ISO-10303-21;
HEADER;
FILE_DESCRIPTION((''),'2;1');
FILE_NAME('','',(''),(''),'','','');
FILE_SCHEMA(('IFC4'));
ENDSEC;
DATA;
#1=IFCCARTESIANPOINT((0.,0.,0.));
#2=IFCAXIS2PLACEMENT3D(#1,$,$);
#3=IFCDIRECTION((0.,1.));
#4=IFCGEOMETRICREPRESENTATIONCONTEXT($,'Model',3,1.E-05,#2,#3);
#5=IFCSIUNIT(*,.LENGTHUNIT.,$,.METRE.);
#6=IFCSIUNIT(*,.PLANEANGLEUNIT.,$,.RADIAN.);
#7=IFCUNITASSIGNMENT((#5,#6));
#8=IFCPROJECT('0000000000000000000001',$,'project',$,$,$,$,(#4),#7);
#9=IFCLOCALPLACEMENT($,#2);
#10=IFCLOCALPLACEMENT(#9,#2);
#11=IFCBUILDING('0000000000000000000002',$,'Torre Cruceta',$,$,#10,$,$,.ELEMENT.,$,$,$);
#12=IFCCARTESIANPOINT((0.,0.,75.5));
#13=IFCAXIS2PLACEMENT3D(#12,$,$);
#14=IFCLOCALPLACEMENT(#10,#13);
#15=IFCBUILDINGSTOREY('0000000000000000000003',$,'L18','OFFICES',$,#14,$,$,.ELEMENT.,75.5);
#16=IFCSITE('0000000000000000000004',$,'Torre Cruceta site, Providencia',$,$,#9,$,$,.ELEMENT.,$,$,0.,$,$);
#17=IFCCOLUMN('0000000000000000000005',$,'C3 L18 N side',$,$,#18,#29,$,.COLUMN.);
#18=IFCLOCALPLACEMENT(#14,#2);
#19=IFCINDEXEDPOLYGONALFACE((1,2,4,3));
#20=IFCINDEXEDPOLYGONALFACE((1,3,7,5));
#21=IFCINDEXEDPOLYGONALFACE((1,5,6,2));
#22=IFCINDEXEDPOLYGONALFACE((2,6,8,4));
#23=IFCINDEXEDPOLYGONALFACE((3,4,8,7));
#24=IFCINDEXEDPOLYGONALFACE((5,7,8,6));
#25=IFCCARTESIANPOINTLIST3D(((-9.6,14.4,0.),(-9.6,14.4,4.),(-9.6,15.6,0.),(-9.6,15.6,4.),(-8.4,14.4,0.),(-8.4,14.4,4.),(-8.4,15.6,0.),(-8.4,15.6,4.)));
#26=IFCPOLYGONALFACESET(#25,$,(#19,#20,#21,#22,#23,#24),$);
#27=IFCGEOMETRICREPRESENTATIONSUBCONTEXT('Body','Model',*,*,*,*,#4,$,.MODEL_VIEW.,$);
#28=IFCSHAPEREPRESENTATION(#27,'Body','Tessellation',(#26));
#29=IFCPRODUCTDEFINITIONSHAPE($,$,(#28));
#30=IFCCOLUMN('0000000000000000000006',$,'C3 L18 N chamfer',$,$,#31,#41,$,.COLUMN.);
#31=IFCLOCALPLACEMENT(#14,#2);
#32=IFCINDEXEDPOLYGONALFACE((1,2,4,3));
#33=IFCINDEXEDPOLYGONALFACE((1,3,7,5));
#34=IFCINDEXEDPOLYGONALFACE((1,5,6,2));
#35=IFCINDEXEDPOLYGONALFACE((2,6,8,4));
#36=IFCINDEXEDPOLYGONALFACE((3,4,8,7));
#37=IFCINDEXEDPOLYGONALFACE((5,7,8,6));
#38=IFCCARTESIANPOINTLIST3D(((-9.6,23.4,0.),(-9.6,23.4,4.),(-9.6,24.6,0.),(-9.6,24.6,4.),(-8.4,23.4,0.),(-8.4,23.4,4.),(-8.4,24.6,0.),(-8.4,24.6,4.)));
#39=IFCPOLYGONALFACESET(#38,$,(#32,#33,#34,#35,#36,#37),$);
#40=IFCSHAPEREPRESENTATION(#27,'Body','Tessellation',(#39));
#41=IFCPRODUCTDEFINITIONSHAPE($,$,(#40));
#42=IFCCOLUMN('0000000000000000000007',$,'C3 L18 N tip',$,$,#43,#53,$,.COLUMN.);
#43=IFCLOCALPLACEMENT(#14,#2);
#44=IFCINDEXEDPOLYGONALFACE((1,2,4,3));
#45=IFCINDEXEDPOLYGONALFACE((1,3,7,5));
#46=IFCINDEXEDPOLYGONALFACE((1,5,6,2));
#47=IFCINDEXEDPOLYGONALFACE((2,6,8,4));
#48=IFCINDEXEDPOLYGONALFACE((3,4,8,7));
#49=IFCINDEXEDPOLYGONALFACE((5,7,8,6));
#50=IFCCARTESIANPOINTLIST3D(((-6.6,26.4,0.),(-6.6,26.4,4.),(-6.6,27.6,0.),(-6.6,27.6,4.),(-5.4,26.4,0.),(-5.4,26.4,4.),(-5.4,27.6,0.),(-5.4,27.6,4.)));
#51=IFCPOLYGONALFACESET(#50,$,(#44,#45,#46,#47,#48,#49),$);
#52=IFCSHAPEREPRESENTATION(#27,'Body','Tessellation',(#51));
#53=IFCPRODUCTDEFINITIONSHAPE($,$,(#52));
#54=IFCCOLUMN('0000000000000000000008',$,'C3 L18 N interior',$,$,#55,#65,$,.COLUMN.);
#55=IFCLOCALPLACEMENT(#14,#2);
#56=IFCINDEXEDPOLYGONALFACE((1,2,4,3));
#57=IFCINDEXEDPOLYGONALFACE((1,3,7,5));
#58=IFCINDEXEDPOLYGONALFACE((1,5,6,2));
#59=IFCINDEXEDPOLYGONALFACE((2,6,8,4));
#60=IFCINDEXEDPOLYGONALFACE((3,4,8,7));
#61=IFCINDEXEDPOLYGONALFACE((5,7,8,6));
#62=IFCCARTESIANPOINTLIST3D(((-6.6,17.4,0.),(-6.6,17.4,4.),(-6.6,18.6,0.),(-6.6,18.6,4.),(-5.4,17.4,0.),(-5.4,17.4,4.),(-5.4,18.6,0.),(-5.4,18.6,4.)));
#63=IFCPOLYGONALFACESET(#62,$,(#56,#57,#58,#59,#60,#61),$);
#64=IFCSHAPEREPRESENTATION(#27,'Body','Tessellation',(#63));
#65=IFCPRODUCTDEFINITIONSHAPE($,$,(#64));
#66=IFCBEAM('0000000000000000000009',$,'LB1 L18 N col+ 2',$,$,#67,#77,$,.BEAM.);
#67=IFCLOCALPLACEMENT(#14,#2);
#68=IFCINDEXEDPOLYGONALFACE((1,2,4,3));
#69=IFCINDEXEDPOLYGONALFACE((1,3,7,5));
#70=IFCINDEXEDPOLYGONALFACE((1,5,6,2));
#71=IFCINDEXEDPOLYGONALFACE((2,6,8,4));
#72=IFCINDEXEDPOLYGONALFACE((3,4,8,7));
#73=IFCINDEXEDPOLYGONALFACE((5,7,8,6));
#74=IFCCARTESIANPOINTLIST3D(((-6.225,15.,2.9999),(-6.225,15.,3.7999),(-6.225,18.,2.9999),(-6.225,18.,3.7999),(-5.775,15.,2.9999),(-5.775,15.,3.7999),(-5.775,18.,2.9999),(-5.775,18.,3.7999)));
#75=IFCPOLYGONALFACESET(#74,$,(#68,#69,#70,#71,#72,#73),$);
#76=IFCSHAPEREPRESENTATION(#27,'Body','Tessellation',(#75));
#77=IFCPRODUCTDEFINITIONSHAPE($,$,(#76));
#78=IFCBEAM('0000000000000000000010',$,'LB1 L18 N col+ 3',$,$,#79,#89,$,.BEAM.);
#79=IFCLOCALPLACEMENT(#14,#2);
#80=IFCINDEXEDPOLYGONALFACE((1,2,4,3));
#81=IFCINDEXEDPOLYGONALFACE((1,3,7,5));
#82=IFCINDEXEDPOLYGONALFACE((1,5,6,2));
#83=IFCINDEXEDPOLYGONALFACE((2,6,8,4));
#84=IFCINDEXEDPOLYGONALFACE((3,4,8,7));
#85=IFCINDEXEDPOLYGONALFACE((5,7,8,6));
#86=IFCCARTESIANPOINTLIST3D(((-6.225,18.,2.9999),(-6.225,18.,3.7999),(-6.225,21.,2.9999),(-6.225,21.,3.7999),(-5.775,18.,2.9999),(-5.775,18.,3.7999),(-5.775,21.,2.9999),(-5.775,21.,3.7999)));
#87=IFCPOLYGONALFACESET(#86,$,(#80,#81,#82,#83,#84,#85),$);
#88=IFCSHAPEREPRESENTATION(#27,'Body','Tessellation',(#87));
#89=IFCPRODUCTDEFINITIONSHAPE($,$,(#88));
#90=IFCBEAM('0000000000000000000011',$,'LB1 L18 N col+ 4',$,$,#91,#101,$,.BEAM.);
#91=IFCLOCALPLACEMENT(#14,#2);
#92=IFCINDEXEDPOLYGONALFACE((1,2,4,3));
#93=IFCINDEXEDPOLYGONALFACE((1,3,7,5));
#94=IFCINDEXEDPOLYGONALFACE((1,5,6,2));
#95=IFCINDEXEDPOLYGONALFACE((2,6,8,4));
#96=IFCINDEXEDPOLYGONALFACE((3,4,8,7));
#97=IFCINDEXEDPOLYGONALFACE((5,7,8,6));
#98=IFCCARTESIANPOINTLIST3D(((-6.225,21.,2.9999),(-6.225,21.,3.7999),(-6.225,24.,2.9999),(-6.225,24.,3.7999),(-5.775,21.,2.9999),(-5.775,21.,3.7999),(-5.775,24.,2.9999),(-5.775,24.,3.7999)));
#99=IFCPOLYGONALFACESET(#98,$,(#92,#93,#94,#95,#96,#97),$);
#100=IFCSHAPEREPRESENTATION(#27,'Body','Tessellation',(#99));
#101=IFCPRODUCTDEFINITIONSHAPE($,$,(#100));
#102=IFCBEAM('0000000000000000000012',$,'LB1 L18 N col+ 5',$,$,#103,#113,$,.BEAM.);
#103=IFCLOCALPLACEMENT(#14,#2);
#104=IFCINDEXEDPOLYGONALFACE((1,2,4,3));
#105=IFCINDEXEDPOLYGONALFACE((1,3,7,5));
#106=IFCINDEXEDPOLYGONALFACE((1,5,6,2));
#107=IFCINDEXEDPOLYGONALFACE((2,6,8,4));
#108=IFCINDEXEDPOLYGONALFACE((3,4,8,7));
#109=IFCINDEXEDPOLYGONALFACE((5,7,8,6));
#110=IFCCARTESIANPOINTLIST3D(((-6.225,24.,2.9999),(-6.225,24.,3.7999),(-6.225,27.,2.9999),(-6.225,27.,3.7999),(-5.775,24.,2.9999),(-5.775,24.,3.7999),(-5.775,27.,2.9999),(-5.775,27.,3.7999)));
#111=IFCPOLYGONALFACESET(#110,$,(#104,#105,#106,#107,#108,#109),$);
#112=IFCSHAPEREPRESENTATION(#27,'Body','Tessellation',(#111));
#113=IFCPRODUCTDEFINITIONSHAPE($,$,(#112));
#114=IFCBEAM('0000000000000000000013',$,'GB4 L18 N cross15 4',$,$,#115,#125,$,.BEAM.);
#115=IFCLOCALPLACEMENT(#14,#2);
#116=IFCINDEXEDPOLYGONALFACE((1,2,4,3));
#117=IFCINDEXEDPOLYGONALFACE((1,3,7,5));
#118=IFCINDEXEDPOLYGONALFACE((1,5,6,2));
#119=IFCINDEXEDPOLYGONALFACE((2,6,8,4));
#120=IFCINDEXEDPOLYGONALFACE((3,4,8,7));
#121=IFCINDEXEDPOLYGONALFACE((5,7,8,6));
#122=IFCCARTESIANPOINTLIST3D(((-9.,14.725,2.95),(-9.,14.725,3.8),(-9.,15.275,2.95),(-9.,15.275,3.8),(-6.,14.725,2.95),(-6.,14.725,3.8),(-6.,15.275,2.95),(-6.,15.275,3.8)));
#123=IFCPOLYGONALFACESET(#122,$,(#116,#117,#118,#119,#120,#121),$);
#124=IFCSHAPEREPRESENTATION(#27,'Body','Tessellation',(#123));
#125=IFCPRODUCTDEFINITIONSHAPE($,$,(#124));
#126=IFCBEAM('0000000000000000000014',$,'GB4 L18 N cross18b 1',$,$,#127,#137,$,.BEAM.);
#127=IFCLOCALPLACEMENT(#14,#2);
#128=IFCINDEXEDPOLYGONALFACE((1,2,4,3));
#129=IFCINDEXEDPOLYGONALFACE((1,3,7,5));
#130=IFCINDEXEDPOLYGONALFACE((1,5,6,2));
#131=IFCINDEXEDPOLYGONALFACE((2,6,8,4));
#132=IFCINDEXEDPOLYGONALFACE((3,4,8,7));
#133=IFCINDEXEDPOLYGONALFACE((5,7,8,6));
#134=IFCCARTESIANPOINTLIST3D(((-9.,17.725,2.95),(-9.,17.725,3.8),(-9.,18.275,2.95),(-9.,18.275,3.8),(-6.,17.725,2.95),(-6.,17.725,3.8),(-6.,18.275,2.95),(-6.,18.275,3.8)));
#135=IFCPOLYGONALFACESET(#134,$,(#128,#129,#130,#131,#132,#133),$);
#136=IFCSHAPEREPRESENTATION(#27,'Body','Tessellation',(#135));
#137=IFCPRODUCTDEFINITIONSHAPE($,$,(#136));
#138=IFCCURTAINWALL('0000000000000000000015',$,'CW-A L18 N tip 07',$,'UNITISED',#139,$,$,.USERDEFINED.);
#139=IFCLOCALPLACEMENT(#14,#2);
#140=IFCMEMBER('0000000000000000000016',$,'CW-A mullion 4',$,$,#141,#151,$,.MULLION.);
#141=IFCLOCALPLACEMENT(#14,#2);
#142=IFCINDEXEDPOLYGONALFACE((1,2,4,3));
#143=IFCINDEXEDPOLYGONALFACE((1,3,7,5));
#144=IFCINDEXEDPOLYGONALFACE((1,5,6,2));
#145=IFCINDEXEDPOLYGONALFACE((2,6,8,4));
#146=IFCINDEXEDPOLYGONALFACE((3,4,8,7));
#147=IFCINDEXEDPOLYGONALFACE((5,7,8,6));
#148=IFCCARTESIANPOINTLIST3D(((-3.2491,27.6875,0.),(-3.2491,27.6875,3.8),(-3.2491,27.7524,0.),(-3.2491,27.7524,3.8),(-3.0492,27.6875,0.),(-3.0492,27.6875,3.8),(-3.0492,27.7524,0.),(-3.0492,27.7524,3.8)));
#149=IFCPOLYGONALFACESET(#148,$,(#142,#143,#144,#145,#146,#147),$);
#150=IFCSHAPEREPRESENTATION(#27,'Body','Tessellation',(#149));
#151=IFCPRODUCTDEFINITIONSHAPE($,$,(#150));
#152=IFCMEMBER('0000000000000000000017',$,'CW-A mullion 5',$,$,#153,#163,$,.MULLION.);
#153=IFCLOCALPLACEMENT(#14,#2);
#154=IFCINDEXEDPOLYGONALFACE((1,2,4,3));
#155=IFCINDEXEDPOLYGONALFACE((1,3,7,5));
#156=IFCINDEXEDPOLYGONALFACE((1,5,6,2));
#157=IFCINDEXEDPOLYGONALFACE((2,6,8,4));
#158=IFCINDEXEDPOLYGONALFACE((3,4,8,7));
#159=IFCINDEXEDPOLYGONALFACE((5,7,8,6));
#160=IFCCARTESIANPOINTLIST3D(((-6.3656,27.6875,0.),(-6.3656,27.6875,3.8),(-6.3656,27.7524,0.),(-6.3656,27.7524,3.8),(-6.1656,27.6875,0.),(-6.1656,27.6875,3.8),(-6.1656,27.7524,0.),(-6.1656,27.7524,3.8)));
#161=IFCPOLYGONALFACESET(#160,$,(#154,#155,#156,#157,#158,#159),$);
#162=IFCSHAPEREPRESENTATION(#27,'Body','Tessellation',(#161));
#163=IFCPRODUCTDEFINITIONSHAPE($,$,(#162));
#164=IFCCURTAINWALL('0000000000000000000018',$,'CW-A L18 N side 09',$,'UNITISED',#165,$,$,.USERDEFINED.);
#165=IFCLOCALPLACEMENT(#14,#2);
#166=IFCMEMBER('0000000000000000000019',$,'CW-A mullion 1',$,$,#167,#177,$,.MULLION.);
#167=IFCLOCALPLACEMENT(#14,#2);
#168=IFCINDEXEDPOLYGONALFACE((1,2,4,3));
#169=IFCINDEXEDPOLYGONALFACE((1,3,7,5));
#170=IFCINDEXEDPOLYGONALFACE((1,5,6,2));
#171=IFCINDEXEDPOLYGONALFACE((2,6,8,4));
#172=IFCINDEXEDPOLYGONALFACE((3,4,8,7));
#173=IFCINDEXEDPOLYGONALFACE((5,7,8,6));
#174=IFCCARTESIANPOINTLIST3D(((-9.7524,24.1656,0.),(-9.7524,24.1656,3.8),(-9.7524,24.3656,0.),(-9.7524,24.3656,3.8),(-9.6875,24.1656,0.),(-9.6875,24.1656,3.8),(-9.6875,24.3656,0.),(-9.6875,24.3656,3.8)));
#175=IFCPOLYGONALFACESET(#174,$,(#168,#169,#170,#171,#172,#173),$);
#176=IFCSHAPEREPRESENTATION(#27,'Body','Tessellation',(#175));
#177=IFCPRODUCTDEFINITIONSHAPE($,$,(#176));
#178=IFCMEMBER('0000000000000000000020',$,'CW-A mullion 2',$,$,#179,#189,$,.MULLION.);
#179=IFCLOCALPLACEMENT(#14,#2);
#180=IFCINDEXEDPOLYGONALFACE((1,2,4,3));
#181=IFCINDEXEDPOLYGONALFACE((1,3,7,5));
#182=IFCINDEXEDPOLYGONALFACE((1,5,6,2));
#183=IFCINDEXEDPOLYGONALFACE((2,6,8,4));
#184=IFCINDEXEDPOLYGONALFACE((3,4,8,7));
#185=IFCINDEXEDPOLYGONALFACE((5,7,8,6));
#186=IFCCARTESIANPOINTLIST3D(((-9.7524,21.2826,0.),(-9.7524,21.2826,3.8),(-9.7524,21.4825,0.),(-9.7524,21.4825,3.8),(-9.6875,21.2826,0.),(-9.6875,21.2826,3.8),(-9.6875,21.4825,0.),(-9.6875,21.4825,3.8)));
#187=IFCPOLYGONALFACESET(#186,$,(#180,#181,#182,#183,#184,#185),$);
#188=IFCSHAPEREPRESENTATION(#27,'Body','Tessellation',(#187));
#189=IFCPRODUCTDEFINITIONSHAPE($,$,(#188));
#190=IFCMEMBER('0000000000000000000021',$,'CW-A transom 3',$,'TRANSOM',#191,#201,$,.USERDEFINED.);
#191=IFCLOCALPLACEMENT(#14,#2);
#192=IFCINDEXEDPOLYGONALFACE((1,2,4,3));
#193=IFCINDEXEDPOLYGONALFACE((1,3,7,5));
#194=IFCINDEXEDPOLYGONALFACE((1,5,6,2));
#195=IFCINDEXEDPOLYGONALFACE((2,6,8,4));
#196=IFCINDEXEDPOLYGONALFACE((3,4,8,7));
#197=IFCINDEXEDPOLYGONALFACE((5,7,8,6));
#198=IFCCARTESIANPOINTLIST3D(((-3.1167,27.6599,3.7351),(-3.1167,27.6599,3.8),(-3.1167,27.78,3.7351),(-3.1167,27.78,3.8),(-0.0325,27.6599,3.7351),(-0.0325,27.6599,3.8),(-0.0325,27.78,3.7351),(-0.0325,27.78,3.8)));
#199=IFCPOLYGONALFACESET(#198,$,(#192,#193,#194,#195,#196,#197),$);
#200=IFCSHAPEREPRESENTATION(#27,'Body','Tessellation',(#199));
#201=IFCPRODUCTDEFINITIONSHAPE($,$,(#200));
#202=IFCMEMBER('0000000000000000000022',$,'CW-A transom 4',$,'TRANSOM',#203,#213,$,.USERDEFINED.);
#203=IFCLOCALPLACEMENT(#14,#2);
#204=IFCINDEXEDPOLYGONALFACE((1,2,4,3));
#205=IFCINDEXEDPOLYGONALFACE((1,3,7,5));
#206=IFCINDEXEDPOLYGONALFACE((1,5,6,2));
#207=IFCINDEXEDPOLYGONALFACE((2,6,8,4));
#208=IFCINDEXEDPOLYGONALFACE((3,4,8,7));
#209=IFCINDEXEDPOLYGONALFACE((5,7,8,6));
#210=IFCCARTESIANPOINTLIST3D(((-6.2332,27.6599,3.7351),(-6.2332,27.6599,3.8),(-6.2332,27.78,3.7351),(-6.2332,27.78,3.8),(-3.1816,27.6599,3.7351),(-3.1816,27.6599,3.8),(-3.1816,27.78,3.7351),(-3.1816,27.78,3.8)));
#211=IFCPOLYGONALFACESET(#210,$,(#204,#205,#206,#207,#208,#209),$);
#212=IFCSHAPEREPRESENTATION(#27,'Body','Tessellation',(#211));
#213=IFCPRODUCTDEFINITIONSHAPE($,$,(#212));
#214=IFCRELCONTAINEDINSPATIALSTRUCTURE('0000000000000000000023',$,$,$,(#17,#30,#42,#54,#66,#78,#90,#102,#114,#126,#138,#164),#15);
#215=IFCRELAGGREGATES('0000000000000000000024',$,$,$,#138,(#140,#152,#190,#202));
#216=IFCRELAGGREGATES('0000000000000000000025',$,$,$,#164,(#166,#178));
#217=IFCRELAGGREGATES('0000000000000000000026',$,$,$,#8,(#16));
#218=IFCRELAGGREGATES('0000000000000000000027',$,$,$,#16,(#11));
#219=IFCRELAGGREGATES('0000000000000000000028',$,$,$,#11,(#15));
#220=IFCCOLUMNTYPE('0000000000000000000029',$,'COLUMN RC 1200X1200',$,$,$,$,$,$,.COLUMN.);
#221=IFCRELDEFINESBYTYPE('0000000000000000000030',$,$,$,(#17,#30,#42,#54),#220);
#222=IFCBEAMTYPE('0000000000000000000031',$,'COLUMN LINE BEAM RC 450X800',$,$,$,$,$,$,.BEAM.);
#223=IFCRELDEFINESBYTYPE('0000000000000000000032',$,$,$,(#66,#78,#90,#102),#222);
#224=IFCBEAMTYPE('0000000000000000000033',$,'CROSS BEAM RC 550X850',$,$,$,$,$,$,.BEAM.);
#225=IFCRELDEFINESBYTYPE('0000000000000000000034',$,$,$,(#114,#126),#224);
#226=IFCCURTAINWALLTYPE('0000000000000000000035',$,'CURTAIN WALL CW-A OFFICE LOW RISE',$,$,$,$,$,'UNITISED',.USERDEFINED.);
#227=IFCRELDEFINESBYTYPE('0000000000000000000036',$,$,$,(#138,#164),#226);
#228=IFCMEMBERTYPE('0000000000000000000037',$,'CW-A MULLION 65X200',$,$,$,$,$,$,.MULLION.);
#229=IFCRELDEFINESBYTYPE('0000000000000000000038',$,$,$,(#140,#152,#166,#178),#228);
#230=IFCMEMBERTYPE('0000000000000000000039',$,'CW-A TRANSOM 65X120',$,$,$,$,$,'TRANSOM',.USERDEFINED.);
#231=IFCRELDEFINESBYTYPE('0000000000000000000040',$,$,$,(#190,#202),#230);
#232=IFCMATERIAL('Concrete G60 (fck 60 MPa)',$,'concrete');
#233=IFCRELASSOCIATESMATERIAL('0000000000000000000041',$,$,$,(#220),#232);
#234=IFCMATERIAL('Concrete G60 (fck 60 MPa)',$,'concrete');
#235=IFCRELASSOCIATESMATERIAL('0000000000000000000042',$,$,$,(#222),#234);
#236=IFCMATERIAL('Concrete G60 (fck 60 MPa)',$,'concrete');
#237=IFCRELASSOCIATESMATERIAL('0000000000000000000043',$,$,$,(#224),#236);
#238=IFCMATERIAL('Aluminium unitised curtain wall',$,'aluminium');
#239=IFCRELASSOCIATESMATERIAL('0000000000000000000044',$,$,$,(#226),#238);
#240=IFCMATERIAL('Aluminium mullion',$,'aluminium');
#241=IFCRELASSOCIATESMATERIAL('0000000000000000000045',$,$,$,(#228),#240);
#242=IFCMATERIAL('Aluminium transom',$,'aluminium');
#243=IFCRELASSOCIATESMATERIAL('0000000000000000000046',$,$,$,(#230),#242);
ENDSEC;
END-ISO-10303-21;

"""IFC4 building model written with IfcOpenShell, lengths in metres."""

from ifc_helpers import new_model, si_unit, direction, frame, origin, origin_2d, place, context, subcontext, project, spatial, rectangle, extrude, material, material_profile, profile_set, type_object, element, aggregate, save


model = new_model("IFC4")

# Units and contexts
model_context = context("Model", 3, precision=1e-05, world=origin(), true_north=direction((0.0, 1.0)))
body_context = subcontext(model_context, "Body", "Model", "MODEL_VIEW")
ifc_project = project(units=[si_unit("LENGTHUNIT", "METRE"), si_unit("PLANEANGLEUNIT", "RADIAN")], contexts=[model_context])

# Site, building, storey
site_placement = place(None, origin())
site = spatial("IfcSite", under=ifc_project, at=site_placement, Name="Torre Cruceta site, Providencia", CompositionType="ELEMENT", RefElevation=0.0)
building_placement = place(site_placement, origin())
building = spatial("IfcBuilding", under=site, at=building_placement, Name="Torre Cruceta", CompositionType="ELEMENT")
storey_placement = place(building_placement, frame((0.0, 0.0, 75.5)))
storey = spatial("IfcBuildingStorey", under=building, at=storey_placement, Name="L18", Description="OFFICES", CompositionType="ELEMENT", Elevation=75.5)

# Columns
ifc_material_1 = material(Name="Concrete G60 (fck 60 MPa)", Category="concrete")
ifc_material_profile_1 = material_profile(ifc_material_1, rectangle(XDim=1.2, YDim=1.2, at=origin_2d()), Name="RC 1200X1200")
ifc_profile_set_1 = profile_set([ifc_material_profile_1], Name="Concrete G60 (fck 60 MPa)")
column_type = type_object("IfcColumnType", Name="COLUMN RC 1200X1200", PredefinedType="COLUMN", material=ifc_profile_set_1)
for number, where, z_axis, x_axis, name in (
    (1, (-9.0, 15.0, 0.0), (0.0, 0.0, 1.0), (1.0, 0.0, 0.0), "C3 L18 N side"),
    (2, (-9.0, 24.0, 0.0), (0.0, 0.0, 1.0), (1.0, 0.0, 0.0), "C3 L18 N chamfer"),
    (3, (-6.0, 27.0, 0.0), (0.0, 0.0, 1.0), (1.0, 0.0, 0.0), "C3 L18 N tip"),
    (4, (-6.0, 18.0, 0.0), (0.0, 0.0, 1.0), (1.0, 0.0, 0.0), "C3 L18 N interior"),
):
    element("IfcColumn", number, at=place(storey_placement, frame(where, z_axis=z_axis, x_axis=x_axis)), inside=storey, type_object=column_type, Name=name, PredefinedType="COLUMN", context=body_context, shape_type="SweptSolid", body=[
        extrude(rectangle(XDim=1.2, YDim=1.2, at=origin_2d()), origin(), (0.0, 0.0, 1.0), 4.0),
    ])

# Beams
ifc_material_2 = material(Name="Concrete G60 (fck 60 MPa)", Category="concrete")
ifc_material_profile_2 = material_profile(ifc_material_2, rectangle(XDim=0.45, YDim=0.8, at=origin_2d()), Name="RC 450X800")
ifc_profile_set_2 = profile_set([ifc_material_profile_2], Name="Concrete G60 (fck 60 MPa)")
beam_type_1 = type_object("IfcBeamType", Name="COLUMN LINE BEAM RC 450X800", PredefinedType="BEAM", material=ifc_profile_set_2)
for number, where, z_axis, x_axis, name in (
    (5, (-6.0, 15.0, 3.3999), (0.0, 1.0, 0.0), (-1.0, 0.0, 0.0), "LB1 L18 N col+ 2"),
    (6, (-6.0, 18.0, 3.3999), (0.0, 1.0, 0.0), (-1.0, 0.0, 0.0), "LB1 L18 N col+ 3"),
    (7, (-6.0, 21.0, 3.3999), (0.0, 1.0, 0.0), (-1.0, 0.0, 0.0), "LB1 L18 N col+ 4"),
    (8, (-6.0, 24.0, 3.3999), (0.0, 1.0, 0.0), (-1.0, 0.0, 0.0), "LB1 L18 N col+ 5"),
):
    element("IfcBeam", number, at=place(storey_placement, frame(where, z_axis=z_axis, x_axis=x_axis)), inside=storey, type_object=beam_type_1, Name=name, PredefinedType="BEAM", context=body_context, shape_type="SweptSolid", body=[
        extrude(rectangle(XDim=0.45, YDim=0.8, at=origin_2d()), origin(), (0.0, 0.0, 1.0), 3.0),
    ])
ifc_material_3 = material(Name="Concrete G60 (fck 60 MPa)", Category="concrete")
ifc_material_profile_3 = material_profile(ifc_material_3, rectangle(XDim=0.55, YDim=0.8501, at=origin_2d()), Name="RC 550X850")
ifc_profile_set_3 = profile_set([ifc_material_profile_3], Name="Concrete G60 (fck 60 MPa)")
beam_type_2 = type_object("IfcBeamType", Name="CROSS BEAM RC 550X850", PredefinedType="BEAM", material=ifc_profile_set_3)
for number, where, z_axis, x_axis, name in (
    (9, (-6.0, 15.0, 3.375), (-1.0, 0.0, 0.0), (0.0, -1.0, 0.0), "GB4 L18 N cross15 4"),
    (10, (-6.0, 18.0, 3.375), (-1.0, 0.0, 0.0), (0.0, -1.0, 0.0), "GB4 L18 N cross18b 1"),
):
    element("IfcBeam", number, at=place(storey_placement, frame(where, z_axis=z_axis, x_axis=x_axis)), inside=storey, type_object=beam_type_2, Name=name, PredefinedType="BEAM", context=body_context, shape_type="SweptSolid", body=[
        extrude(rectangle(XDim=0.55, YDim=0.8501, at=origin_2d()), origin(), (0.0, 0.0, 1.0), 3.0),
    ])

# Curtain walls, members
ifc_material_4 = material(Name="Aluminium unitised curtain wall", Category="aluminium")
curtain_wall_type = type_object("IfcCurtainWallType", Name="CURTAIN WALL CW-A OFFICE LOW RISE", ElementType="UNITISED", PredefinedType="USERDEFINED", material=ifc_material_4)
curtain_wall_1_placement = place(storey_placement, origin())
curtain_wall_1 = element("IfcCurtainWall", 11, at=curtain_wall_1_placement, inside=storey, type_object=curtain_wall_type, Name="CW-A L18 N tip 07", ObjectType="UNITISED", PredefinedType="USERDEFINED")
ifc_material_5 = material(Name="Aluminium mullion", Category="aluminium")
ifc_material_profile_4 = material_profile(ifc_material_5, rectangle(XDim=0.0649, YDim=0.2, at=origin_2d()), Name="AL 65X200")
ifc_profile_set_4 = profile_set([ifc_material_profile_4], Name="Aluminium mullion")
member_type_1 = type_object("IfcMemberType", Name="CW-A MULLION 65X200", PredefinedType="MULLION", material=ifc_profile_set_4)
member_1_placement = place(storey_placement, frame((-3.1492, 27.72, 0.0), z_axis=(0.0, 0.0, 1.0), x_axis=(0.0, -1.0, 0.0)))
member_1 = element("IfcMember", 12, at=member_1_placement, type_object=member_type_1, Name="CW-A mullion 4", PredefinedType="MULLION", context=body_context, shape_type="SweptSolid", body=[
    extrude(rectangle(XDim=0.0649, YDim=0.2, at=origin_2d()), origin(), (0.0, 0.0, 1.0), 3.8),
])
member_2_placement = place(storey_placement, frame((-6.2656, 27.72, 0.0), z_axis=(0.0, 0.0, 1.0), x_axis=(0.0, -1.0, 0.0)))
member_2 = element("IfcMember", 13, at=member_2_placement, type_object=member_type_1, Name="CW-A mullion 5", PredefinedType="MULLION", context=body_context, shape_type="SweptSolid", body=[
    extrude(rectangle(XDim=0.0649, YDim=0.2, at=origin_2d()), origin(), (0.0, 0.0, 1.0), 3.8),
])
curtain_wall_2_placement = place(storey_placement, origin())
curtain_wall_2 = element("IfcCurtainWall", 14, at=curtain_wall_2_placement, inside=storey, type_object=curtain_wall_type, Name="CW-A L18 N side 09", ObjectType="UNITISED", PredefinedType="USERDEFINED")
member_3_placement = place(storey_placement, frame((-9.72, 24.2656, 0.0), z_axis=(0.0, 0.0, 1.0), x_axis=(1.0, 0.0, 0.0)))
member_3 = element("IfcMember", 15, at=member_3_placement, type_object=member_type_1, Name="CW-A mullion 1", PredefinedType="MULLION", context=body_context, shape_type="SweptSolid", body=[
    extrude(rectangle(XDim=0.0649, YDim=0.2, at=origin_2d()), origin(), (0.0, 0.0, 1.0), 3.8),
])
member_4_placement = place(storey_placement, frame((-9.72, 21.3826, 0.0), z_axis=(0.0, 0.0, 1.0), x_axis=(1.0, 0.0, 0.0)))
member_4 = element("IfcMember", 16, at=member_4_placement, type_object=member_type_1, Name="CW-A mullion 2", PredefinedType="MULLION", context=body_context, shape_type="SweptSolid", body=[
    extrude(rectangle(XDim=0.0649, YDim=0.2, at=origin_2d()), origin(), (0.0, 0.0, 1.0), 3.8),
])

# Members
ifc_material_6 = material(Name="Aluminium transom", Category="aluminium")
ifc_material_profile_5 = material_profile(ifc_material_6, rectangle(XDim=0.1201, YDim=0.0649, at=origin_2d()), Name="AL 120X65")
ifc_profile_set_5 = profile_set([ifc_material_profile_5], Name="Aluminium transom")
member_type_2 = type_object("IfcMemberType", Name="CW-A TRANSOM 65X120", ElementType="TRANSOM", PredefinedType="USERDEFINED", material=ifc_profile_set_5)
member_5_placement = place(storey_placement, frame((-0.0325, 27.72, 3.7676), z_axis=(-1.0, 0.0, 0.0), x_axis=(0.0, -1.0, 0.0)))
member_5 = element("IfcMember", 17, at=member_5_placement, type_object=member_type_2, Name="CW-A transom 3", ObjectType="TRANSOM", PredefinedType="USERDEFINED", context=body_context, shape_type="SweptSolid", body=[
    extrude(rectangle(XDim=0.1201, YDim=0.0649, at=origin_2d()), origin(), (0.0, 0.0, 1.0), 3.0842),
])
member_6_placement = place(storey_placement, frame((-3.1816, 27.72, 3.7676), z_axis=(-1.0, 0.0, 0.0), x_axis=(0.0, -1.0, 0.0)))
member_6 = element("IfcMember", 18, at=member_6_placement, type_object=member_type_2, Name="CW-A transom 4", ObjectType="TRANSOM", PredefinedType="USERDEFINED", context=body_context, shape_type="SweptSolid", body=[
    extrude(rectangle(XDim=0.1201, YDim=0.0649, at=origin_2d()), origin(), (0.0, 0.0, 1.0), 3.0515),
])

aggregate(curtain_wall_1, [member_1, member_2, member_5, member_6])
aggregate(curtain_wall_2, [member_3, member_4])

save(model, "model.ifc")
